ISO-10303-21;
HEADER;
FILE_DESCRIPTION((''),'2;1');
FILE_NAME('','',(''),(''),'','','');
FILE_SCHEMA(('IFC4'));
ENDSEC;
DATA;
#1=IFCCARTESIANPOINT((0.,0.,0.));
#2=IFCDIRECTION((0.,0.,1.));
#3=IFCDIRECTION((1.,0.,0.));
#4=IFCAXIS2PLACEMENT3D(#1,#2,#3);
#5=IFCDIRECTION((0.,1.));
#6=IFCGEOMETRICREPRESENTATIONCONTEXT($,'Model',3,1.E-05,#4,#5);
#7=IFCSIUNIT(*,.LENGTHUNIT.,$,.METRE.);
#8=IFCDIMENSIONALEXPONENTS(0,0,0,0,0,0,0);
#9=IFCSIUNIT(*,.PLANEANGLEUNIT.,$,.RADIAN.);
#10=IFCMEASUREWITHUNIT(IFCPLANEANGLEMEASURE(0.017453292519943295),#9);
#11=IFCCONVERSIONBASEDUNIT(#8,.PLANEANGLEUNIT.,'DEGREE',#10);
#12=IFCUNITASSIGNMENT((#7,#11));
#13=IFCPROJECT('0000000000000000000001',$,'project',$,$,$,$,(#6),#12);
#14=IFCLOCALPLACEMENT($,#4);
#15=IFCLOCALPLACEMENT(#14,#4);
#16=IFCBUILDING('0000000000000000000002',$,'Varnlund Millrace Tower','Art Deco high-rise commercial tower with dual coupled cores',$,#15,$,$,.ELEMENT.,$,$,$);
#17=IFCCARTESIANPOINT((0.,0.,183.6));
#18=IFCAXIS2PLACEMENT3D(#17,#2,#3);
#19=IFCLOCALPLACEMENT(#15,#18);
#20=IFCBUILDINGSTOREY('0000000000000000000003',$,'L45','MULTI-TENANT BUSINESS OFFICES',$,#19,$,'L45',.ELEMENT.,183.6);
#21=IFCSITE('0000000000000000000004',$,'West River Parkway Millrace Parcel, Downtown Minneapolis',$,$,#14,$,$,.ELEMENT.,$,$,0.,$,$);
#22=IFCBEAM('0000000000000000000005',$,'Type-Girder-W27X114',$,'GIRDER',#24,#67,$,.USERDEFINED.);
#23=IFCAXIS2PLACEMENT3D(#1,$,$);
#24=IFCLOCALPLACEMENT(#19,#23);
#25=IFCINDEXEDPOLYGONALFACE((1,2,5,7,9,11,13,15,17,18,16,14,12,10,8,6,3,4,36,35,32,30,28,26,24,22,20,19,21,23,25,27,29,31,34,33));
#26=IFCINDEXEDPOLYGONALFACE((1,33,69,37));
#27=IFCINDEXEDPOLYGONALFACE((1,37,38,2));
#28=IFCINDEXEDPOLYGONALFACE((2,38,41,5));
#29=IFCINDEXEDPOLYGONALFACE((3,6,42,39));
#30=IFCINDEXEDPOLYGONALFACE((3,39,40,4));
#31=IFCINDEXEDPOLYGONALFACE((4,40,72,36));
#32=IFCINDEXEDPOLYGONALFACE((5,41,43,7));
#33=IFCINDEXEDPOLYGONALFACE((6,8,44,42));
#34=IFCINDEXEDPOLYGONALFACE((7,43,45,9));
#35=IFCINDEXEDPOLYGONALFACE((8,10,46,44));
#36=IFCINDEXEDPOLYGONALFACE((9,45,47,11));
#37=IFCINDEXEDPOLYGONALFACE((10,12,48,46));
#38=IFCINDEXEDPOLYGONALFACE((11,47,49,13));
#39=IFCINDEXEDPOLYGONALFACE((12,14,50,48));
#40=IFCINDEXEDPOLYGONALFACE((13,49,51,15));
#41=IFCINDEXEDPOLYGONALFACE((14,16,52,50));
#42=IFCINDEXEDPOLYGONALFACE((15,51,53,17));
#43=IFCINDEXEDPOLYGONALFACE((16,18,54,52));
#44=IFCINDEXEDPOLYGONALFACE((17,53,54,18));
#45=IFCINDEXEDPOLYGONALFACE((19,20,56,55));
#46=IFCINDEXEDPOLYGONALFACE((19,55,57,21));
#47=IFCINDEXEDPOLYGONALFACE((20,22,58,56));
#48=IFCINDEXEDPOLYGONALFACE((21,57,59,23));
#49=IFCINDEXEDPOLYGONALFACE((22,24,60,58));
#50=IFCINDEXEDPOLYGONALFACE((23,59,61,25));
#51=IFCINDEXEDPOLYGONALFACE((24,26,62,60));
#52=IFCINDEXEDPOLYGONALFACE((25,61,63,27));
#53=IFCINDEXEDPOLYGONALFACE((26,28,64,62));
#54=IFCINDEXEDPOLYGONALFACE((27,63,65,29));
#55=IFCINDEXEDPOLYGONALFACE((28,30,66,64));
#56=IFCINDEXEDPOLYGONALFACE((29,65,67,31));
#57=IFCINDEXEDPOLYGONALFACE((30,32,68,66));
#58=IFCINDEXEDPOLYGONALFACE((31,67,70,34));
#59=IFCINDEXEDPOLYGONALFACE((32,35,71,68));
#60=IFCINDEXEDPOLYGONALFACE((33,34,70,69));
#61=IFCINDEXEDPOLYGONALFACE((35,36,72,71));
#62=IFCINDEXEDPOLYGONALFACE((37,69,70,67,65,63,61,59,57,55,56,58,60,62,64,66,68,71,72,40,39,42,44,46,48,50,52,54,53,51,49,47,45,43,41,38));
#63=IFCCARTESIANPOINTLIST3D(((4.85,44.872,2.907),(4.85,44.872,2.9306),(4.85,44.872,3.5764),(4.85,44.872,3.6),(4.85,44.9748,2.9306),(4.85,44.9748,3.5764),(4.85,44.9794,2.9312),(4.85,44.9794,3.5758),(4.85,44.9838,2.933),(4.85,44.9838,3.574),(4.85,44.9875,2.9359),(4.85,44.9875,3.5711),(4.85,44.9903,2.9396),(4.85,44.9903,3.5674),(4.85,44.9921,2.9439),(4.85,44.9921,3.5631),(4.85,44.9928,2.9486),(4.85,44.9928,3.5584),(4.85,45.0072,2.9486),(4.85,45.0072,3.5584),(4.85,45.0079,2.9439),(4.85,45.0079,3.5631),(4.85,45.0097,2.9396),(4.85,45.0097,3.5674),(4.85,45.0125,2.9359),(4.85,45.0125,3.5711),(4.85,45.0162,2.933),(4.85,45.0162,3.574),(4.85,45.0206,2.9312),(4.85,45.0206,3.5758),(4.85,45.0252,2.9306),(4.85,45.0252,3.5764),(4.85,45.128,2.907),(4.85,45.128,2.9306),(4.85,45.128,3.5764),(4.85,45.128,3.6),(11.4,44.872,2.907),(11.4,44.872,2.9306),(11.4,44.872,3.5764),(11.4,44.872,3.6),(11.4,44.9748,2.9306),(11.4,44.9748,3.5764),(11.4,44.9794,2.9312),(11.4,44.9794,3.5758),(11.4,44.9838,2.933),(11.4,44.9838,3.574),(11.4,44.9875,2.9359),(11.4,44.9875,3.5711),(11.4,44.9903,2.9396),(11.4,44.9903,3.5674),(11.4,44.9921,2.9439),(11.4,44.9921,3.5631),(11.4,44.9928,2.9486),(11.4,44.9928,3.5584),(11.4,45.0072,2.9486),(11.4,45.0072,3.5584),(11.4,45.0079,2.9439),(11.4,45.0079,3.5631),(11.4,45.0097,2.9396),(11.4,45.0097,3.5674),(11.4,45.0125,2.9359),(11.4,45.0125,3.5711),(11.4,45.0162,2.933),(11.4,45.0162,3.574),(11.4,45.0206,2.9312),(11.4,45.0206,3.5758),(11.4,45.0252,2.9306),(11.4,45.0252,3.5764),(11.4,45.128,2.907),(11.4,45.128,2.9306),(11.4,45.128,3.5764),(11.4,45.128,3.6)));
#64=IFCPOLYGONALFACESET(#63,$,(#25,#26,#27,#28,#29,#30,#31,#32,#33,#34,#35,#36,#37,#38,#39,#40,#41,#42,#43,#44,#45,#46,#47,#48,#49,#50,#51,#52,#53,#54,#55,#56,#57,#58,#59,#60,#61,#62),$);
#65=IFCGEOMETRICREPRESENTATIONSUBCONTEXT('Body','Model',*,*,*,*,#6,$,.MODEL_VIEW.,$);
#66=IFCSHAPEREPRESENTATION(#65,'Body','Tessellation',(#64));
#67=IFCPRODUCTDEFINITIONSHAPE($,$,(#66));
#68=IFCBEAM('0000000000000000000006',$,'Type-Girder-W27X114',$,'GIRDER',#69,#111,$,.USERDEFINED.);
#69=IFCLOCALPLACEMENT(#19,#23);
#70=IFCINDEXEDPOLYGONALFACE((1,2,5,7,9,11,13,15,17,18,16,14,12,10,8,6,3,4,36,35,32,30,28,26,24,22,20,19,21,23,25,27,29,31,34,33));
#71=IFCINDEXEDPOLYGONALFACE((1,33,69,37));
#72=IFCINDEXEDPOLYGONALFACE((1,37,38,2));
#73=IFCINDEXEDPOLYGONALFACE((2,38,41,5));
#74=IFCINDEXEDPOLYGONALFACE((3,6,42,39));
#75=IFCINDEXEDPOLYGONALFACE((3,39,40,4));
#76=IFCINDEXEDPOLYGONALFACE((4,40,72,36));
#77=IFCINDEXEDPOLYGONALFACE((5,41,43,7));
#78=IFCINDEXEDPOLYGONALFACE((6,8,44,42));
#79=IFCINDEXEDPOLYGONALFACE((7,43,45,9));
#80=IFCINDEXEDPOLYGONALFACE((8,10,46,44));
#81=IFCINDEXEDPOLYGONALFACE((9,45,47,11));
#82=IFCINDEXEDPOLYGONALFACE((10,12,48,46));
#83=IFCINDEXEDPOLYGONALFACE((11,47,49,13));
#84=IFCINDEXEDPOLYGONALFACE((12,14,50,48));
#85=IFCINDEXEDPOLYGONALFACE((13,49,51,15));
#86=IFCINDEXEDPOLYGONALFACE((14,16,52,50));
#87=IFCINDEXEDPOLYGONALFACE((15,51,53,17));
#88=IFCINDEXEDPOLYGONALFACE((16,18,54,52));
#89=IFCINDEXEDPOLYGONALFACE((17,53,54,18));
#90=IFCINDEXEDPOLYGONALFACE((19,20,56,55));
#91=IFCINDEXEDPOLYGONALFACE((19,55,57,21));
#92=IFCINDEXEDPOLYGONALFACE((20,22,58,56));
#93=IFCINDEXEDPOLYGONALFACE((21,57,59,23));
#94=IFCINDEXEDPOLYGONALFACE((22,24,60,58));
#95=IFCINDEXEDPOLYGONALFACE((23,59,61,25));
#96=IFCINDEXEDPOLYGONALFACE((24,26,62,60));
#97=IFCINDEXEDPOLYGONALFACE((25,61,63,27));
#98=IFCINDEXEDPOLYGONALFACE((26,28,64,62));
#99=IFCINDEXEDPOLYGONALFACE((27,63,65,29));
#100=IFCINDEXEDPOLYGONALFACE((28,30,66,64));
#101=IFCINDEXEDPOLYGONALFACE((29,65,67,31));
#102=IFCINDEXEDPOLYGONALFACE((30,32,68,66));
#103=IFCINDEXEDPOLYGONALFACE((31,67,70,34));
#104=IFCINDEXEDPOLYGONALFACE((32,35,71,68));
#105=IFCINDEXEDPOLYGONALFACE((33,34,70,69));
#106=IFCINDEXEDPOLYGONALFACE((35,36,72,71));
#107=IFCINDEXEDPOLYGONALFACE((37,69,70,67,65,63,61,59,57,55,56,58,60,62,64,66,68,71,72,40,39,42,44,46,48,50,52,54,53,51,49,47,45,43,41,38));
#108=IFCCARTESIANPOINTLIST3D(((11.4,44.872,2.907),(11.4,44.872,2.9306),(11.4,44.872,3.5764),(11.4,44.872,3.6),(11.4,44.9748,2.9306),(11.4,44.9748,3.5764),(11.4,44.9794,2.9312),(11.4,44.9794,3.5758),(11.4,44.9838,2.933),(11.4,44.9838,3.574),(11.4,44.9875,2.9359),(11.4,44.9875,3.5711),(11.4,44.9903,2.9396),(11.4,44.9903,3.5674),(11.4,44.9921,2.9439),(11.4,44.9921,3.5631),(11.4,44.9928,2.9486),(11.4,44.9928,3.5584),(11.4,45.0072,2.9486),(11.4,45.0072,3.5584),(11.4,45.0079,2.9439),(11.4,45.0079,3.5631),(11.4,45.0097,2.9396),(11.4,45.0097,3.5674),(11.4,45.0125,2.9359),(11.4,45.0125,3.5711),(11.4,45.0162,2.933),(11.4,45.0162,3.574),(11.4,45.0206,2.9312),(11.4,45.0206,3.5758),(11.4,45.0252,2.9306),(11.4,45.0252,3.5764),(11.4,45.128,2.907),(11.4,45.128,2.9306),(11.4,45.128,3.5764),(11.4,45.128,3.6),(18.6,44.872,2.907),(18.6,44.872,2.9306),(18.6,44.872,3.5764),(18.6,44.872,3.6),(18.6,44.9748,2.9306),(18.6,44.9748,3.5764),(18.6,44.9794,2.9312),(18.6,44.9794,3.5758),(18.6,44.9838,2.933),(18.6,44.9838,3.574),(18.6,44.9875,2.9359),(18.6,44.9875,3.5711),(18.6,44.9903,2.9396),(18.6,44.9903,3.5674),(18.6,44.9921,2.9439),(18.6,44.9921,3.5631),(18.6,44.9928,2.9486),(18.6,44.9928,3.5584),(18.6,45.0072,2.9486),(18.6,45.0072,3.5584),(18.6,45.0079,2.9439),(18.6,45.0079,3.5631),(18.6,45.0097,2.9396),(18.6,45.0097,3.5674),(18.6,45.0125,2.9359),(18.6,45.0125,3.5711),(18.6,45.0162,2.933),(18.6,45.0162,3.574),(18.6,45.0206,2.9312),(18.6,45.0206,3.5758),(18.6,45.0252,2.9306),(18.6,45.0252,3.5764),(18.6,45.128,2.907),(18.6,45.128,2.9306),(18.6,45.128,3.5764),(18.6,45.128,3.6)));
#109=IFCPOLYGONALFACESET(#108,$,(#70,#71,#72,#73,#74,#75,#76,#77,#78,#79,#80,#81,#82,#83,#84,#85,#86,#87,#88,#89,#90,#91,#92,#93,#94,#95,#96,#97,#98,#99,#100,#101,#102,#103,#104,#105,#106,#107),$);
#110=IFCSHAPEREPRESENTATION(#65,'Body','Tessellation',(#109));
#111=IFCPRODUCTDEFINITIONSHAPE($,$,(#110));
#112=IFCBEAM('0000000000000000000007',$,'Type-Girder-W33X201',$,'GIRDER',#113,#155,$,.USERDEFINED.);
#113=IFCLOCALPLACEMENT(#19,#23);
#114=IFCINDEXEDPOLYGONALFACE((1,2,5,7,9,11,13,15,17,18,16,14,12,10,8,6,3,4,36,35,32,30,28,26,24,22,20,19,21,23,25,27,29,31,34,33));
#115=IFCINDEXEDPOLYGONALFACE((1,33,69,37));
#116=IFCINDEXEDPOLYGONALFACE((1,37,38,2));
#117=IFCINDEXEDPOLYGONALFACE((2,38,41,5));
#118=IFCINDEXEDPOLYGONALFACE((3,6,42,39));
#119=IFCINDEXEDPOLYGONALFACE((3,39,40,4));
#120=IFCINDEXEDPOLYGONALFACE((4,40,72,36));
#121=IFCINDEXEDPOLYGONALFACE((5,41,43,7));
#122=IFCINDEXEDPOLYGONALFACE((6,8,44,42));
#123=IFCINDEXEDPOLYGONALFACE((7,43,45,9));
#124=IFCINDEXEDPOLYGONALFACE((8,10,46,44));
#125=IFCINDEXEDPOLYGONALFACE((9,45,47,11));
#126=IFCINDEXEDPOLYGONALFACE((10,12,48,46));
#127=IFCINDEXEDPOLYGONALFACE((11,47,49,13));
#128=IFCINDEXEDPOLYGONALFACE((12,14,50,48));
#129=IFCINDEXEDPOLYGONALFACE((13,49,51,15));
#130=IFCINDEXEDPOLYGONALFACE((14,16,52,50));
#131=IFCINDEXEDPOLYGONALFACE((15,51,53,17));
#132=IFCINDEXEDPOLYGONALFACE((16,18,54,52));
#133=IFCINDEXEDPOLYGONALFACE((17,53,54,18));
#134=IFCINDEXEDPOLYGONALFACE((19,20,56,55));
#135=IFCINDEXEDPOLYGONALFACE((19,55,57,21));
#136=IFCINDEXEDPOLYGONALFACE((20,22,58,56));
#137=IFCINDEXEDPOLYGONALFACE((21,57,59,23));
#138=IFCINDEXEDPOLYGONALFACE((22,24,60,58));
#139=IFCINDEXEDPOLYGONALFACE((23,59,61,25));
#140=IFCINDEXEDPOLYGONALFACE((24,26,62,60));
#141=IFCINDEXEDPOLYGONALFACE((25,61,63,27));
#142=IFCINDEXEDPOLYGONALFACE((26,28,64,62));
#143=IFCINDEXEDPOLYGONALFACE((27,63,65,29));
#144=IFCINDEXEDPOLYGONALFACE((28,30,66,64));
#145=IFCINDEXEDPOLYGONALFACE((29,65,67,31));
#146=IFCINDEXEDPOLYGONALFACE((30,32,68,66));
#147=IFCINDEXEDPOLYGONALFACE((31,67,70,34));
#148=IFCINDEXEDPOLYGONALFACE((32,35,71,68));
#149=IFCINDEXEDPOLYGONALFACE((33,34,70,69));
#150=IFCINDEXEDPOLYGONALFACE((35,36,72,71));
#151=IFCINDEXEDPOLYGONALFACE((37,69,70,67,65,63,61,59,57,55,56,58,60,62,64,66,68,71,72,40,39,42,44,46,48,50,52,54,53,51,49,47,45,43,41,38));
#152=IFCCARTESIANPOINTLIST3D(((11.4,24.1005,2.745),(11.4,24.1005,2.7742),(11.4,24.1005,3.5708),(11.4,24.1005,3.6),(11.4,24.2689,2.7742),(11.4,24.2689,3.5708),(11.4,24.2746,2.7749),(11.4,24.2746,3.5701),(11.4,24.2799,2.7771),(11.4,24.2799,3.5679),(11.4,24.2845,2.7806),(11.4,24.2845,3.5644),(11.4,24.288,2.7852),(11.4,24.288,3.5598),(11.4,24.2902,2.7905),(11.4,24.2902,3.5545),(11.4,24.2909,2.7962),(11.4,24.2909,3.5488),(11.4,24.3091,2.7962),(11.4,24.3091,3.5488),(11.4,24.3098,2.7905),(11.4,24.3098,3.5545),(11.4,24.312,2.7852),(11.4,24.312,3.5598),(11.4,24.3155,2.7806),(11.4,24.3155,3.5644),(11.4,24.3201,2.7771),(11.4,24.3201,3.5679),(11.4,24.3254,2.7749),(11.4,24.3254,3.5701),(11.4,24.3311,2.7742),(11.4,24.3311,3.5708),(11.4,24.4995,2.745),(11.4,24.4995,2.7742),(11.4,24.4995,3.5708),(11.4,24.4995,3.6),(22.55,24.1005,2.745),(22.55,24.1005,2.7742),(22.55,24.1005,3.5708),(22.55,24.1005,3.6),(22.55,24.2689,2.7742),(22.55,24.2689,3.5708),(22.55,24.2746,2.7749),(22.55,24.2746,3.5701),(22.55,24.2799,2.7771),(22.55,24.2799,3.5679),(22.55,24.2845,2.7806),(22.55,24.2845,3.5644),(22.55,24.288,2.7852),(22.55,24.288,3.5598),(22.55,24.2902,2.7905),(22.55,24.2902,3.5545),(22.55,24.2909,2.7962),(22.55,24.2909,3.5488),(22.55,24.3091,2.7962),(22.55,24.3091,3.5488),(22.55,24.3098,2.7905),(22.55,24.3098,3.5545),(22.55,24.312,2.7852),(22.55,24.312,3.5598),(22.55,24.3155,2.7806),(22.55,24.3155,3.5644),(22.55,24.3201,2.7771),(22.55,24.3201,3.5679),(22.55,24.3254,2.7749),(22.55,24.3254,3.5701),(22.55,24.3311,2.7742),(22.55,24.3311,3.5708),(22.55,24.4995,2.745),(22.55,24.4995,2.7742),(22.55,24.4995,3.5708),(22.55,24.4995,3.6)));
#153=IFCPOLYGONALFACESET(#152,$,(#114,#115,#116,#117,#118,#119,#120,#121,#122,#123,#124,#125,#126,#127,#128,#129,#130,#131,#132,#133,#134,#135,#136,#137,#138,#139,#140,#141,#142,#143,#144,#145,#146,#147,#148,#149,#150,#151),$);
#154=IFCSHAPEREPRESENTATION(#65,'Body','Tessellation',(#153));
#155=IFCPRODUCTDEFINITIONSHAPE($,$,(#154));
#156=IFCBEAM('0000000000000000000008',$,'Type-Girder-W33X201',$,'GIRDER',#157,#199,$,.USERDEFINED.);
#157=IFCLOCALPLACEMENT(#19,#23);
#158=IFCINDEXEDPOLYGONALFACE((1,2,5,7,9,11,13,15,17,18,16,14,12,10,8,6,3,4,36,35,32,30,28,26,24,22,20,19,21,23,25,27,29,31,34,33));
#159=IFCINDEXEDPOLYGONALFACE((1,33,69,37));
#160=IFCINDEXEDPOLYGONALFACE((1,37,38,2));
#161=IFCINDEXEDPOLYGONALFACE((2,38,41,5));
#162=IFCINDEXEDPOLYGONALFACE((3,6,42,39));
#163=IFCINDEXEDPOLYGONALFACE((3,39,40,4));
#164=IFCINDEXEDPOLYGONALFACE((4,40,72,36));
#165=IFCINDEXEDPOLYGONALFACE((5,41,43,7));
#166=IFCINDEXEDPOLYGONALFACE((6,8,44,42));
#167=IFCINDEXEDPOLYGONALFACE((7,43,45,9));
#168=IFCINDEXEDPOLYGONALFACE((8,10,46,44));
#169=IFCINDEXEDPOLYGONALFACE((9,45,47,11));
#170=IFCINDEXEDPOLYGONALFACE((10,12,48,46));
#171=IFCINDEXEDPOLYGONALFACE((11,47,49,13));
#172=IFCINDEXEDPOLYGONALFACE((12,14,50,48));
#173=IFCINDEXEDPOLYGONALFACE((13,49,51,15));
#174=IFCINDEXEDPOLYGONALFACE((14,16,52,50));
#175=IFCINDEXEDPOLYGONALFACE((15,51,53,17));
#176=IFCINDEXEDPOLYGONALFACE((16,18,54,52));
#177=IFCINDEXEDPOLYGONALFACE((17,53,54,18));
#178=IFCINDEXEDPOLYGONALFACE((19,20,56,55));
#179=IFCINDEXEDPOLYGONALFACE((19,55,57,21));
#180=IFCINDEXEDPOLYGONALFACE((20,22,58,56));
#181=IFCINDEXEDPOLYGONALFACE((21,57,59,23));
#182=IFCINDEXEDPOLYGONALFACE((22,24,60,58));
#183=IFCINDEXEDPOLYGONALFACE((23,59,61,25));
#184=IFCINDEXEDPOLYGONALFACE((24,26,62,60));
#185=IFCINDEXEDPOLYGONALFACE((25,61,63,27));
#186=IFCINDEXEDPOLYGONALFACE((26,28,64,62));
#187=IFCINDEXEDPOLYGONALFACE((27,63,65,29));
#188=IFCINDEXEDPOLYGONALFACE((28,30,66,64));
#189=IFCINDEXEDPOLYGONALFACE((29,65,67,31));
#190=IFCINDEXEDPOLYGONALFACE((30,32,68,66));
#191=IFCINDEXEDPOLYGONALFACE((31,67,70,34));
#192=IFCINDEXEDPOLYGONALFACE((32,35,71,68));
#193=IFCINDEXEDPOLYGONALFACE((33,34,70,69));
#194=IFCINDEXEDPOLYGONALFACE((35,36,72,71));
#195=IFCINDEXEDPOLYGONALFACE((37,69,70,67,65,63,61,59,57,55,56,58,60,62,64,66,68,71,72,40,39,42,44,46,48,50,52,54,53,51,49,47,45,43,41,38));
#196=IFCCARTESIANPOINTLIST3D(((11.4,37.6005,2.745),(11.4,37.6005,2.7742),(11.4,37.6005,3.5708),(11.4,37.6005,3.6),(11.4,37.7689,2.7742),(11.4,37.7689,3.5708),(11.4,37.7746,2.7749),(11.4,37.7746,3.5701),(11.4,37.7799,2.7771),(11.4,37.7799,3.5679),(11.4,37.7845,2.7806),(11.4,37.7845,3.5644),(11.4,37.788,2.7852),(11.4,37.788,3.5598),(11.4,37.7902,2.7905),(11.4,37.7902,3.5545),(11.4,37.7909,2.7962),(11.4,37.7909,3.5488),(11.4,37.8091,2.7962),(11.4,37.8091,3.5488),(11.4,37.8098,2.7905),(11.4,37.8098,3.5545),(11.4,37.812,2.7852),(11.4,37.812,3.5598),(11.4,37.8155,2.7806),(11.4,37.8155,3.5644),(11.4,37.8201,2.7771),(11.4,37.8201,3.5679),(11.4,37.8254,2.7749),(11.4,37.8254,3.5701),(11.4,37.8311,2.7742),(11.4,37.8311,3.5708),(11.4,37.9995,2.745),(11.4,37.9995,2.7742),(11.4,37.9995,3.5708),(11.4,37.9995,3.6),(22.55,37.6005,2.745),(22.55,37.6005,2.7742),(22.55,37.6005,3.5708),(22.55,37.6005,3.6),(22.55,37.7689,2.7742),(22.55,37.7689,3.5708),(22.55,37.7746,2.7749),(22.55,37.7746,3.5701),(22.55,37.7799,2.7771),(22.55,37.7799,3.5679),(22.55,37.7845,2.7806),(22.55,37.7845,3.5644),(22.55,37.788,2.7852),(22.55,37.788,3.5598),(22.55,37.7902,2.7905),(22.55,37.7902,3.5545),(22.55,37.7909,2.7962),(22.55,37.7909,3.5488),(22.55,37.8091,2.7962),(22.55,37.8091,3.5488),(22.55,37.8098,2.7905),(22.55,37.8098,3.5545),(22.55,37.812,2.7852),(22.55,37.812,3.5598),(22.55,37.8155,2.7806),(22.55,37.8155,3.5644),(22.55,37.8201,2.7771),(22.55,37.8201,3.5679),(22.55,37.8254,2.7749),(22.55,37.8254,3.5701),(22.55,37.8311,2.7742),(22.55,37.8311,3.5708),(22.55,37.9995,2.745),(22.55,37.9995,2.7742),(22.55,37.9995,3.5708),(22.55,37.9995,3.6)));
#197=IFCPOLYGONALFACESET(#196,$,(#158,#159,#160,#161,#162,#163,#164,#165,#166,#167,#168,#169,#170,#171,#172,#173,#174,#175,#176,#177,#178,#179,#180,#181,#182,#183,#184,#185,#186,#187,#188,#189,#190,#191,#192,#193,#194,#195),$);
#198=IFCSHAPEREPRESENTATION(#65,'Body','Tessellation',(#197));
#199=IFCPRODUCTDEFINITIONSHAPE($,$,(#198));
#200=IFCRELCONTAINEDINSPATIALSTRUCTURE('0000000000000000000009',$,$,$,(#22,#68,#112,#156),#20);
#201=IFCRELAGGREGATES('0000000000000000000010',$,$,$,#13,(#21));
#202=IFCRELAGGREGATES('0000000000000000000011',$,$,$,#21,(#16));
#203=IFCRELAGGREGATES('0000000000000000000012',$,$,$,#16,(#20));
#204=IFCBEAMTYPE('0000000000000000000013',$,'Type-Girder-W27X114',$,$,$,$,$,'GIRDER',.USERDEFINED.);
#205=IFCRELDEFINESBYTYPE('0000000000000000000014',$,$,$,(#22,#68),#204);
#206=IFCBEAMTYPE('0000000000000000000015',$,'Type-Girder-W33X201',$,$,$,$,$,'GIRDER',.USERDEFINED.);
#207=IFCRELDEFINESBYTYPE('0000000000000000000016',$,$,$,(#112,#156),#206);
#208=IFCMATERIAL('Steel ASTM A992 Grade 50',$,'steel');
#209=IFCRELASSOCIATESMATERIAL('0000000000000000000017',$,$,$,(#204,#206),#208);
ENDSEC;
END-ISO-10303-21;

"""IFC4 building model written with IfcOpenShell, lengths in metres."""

from ifc_helpers import new_model, entity, si_unit, converted_unit, direction, frame, origin_with_axes, origin_2d_with_axis, place, context, subcontext, project, spatial, i_section, extrude, material, material_profile, profile_set, type_object, element, save


model = new_model("IFC4")

# Units and contexts
model_context = context("Model", 3, precision=1e-05, world=origin_with_axes(), true_north=direction((0.0, 1.0)))
body_context = subcontext(model_context, "Body", "Model", "MODEL_VIEW")
ifc_project = project(units=[si_unit("LENGTHUNIT", "METRE"), converted_unit("PLANEANGLEUNIT", "DEGREE", entity("IfcPlaneAngleMeasure", 0.017453292519943295), si_unit("PLANEANGLEUNIT", "RADIAN"), dimensions=[0, 0, 0, 0, 0, 0, 0])], contexts=[model_context])

# Site, building, storey
site_placement = place(None, origin_with_axes())
site = spatial("IfcSite", under=ifc_project, at=site_placement, Name="West River Parkway Millrace Parcel, Downtown Minneapolis", CompositionType="ELEMENT", RefElevation=0.0)
building_placement = place(site_placement, origin_with_axes())
building = spatial("IfcBuilding", under=site, at=building_placement, Name="Varnlund Millrace Tower", Description="Art Deco high-rise commercial tower with dual coupled cores", CompositionType="ELEMENT")
storey_placement = place(building_placement, frame((0.0, 0.0, 183.6), z_axis=(0.0, 0.0, 1.0), x_axis=(1.0, 0.0, 0.0)))
storey = spatial("IfcBuildingStorey", under=building, at=storey_placement, Name="L45", Description="MULTI-TENANT BUSINESS OFFICES", LongName="L45", CompositionType="ELEMENT", Elevation=183.6)

# Beams
ifc_material_1 = material(Name="Steel ASTM A992 Grade 50", Category="steel")
ifc_material_profile_1 = material_profile(ifc_material_1, i_section(OverallWidth=0.256, OverallDepth=0.693, WebThickness=0.0145, FlangeThickness=0.0236, FilletRadius=0.018, at=origin_2d_with_axis()), Name="Steel ASTM A992 Grade 50")
ifc_profile_set_1 = profile_set([ifc_material_profile_1], Name="Steel ASTM A992 Grade 50")
beam_type_1 = type_object("IfcBeamType", Name="Type-Girder-W27X114", ElementType="GIRDER", PredefinedType="USERDEFINED", material=ifc_profile_set_1)
beam_1_placement = place(storey_placement, frame((4.85, 45.0, 3.2535), z_axis=(1.0, 0.0, 0.0), x_axis=(0.0, 1.0, 0.0)))
element("IfcBeam", 1, at=beam_1_placement, inside=storey, type_object=beam_type_1, Name="Type-Girder-W27X114", ObjectType="GIRDER", PredefinedType="USERDEFINED", context=body_context, shape_type="SweptSolid", body=[
    extrude(i_section(OverallWidth=0.256, OverallDepth=0.693, WebThickness=0.0145, FlangeThickness=0.0236, FilletRadius=0.018, at=origin_2d_with_axis()), origin_with_axes(), (0.0, 0.0, 1.0), 6.55),
])
beam_2_placement = place(storey_placement, frame((11.4, 45.0, 3.2535), z_axis=(1.0, 0.0, 0.0), x_axis=(0.0, 1.0, 0.0)))
element("IfcBeam", 2, at=beam_2_placement, inside=storey, type_object=beam_type_1, Name="Type-Girder-W27X114", ObjectType="GIRDER", PredefinedType="USERDEFINED", context=body_context, shape_type="SweptSolid", body=[
    extrude(i_section(OverallWidth=0.256, OverallDepth=0.693, WebThickness=0.0145, FlangeThickness=0.0236, FilletRadius=0.018, at=origin_2d_with_axis()), origin_with_axes(), (0.0, 0.0, 1.0), 7.2),
])
ifc_material_profile_2 = material_profile(ifc_material_1, i_section(OverallWidth=0.399, OverallDepth=0.855, WebThickness=0.0182, FlangeThickness=0.0292, FilletRadius=0.022, at=origin_2d_with_axis()), Name="Steel ASTM A992 Grade 50")
ifc_profile_set_2 = profile_set([ifc_material_profile_2], Name="Steel ASTM A992 Grade 50")
beam_type_2 = type_object("IfcBeamType", Name="Type-Girder-W33X201", ElementType="GIRDER", PredefinedType="USERDEFINED", material=ifc_profile_set_2)
for number, where, z_axis, x_axis, name in (
    (3, (11.4, 24.3, 3.1725), (1.0, 0.0, 0.0), (0.0, 1.0, 0.0), "Type-Girder-W33X201"),
    (4, (11.4, 37.8, 3.1725), (1.0, 0.0, 0.0), (0.0, 1.0, 0.0), "Type-Girder-W33X201"),
):
    element("IfcBeam", number, at=place(storey_placement, frame(where, z_axis=z_axis, x_axis=x_axis)), inside=storey, type_object=beam_type_2, Name=name, ObjectType="GIRDER", PredefinedType="USERDEFINED", context=body_context, shape_type="SweptSolid", body=[
        extrude(i_section(OverallWidth=0.399, OverallDepth=0.855, WebThickness=0.0182, FlangeThickness=0.0292, FilletRadius=0.022, at=origin_2d_with_axis()), origin_with_axes(), (0.0, 0.0, 1.0), 11.15),
    ])

save(model, "model.ifc")
